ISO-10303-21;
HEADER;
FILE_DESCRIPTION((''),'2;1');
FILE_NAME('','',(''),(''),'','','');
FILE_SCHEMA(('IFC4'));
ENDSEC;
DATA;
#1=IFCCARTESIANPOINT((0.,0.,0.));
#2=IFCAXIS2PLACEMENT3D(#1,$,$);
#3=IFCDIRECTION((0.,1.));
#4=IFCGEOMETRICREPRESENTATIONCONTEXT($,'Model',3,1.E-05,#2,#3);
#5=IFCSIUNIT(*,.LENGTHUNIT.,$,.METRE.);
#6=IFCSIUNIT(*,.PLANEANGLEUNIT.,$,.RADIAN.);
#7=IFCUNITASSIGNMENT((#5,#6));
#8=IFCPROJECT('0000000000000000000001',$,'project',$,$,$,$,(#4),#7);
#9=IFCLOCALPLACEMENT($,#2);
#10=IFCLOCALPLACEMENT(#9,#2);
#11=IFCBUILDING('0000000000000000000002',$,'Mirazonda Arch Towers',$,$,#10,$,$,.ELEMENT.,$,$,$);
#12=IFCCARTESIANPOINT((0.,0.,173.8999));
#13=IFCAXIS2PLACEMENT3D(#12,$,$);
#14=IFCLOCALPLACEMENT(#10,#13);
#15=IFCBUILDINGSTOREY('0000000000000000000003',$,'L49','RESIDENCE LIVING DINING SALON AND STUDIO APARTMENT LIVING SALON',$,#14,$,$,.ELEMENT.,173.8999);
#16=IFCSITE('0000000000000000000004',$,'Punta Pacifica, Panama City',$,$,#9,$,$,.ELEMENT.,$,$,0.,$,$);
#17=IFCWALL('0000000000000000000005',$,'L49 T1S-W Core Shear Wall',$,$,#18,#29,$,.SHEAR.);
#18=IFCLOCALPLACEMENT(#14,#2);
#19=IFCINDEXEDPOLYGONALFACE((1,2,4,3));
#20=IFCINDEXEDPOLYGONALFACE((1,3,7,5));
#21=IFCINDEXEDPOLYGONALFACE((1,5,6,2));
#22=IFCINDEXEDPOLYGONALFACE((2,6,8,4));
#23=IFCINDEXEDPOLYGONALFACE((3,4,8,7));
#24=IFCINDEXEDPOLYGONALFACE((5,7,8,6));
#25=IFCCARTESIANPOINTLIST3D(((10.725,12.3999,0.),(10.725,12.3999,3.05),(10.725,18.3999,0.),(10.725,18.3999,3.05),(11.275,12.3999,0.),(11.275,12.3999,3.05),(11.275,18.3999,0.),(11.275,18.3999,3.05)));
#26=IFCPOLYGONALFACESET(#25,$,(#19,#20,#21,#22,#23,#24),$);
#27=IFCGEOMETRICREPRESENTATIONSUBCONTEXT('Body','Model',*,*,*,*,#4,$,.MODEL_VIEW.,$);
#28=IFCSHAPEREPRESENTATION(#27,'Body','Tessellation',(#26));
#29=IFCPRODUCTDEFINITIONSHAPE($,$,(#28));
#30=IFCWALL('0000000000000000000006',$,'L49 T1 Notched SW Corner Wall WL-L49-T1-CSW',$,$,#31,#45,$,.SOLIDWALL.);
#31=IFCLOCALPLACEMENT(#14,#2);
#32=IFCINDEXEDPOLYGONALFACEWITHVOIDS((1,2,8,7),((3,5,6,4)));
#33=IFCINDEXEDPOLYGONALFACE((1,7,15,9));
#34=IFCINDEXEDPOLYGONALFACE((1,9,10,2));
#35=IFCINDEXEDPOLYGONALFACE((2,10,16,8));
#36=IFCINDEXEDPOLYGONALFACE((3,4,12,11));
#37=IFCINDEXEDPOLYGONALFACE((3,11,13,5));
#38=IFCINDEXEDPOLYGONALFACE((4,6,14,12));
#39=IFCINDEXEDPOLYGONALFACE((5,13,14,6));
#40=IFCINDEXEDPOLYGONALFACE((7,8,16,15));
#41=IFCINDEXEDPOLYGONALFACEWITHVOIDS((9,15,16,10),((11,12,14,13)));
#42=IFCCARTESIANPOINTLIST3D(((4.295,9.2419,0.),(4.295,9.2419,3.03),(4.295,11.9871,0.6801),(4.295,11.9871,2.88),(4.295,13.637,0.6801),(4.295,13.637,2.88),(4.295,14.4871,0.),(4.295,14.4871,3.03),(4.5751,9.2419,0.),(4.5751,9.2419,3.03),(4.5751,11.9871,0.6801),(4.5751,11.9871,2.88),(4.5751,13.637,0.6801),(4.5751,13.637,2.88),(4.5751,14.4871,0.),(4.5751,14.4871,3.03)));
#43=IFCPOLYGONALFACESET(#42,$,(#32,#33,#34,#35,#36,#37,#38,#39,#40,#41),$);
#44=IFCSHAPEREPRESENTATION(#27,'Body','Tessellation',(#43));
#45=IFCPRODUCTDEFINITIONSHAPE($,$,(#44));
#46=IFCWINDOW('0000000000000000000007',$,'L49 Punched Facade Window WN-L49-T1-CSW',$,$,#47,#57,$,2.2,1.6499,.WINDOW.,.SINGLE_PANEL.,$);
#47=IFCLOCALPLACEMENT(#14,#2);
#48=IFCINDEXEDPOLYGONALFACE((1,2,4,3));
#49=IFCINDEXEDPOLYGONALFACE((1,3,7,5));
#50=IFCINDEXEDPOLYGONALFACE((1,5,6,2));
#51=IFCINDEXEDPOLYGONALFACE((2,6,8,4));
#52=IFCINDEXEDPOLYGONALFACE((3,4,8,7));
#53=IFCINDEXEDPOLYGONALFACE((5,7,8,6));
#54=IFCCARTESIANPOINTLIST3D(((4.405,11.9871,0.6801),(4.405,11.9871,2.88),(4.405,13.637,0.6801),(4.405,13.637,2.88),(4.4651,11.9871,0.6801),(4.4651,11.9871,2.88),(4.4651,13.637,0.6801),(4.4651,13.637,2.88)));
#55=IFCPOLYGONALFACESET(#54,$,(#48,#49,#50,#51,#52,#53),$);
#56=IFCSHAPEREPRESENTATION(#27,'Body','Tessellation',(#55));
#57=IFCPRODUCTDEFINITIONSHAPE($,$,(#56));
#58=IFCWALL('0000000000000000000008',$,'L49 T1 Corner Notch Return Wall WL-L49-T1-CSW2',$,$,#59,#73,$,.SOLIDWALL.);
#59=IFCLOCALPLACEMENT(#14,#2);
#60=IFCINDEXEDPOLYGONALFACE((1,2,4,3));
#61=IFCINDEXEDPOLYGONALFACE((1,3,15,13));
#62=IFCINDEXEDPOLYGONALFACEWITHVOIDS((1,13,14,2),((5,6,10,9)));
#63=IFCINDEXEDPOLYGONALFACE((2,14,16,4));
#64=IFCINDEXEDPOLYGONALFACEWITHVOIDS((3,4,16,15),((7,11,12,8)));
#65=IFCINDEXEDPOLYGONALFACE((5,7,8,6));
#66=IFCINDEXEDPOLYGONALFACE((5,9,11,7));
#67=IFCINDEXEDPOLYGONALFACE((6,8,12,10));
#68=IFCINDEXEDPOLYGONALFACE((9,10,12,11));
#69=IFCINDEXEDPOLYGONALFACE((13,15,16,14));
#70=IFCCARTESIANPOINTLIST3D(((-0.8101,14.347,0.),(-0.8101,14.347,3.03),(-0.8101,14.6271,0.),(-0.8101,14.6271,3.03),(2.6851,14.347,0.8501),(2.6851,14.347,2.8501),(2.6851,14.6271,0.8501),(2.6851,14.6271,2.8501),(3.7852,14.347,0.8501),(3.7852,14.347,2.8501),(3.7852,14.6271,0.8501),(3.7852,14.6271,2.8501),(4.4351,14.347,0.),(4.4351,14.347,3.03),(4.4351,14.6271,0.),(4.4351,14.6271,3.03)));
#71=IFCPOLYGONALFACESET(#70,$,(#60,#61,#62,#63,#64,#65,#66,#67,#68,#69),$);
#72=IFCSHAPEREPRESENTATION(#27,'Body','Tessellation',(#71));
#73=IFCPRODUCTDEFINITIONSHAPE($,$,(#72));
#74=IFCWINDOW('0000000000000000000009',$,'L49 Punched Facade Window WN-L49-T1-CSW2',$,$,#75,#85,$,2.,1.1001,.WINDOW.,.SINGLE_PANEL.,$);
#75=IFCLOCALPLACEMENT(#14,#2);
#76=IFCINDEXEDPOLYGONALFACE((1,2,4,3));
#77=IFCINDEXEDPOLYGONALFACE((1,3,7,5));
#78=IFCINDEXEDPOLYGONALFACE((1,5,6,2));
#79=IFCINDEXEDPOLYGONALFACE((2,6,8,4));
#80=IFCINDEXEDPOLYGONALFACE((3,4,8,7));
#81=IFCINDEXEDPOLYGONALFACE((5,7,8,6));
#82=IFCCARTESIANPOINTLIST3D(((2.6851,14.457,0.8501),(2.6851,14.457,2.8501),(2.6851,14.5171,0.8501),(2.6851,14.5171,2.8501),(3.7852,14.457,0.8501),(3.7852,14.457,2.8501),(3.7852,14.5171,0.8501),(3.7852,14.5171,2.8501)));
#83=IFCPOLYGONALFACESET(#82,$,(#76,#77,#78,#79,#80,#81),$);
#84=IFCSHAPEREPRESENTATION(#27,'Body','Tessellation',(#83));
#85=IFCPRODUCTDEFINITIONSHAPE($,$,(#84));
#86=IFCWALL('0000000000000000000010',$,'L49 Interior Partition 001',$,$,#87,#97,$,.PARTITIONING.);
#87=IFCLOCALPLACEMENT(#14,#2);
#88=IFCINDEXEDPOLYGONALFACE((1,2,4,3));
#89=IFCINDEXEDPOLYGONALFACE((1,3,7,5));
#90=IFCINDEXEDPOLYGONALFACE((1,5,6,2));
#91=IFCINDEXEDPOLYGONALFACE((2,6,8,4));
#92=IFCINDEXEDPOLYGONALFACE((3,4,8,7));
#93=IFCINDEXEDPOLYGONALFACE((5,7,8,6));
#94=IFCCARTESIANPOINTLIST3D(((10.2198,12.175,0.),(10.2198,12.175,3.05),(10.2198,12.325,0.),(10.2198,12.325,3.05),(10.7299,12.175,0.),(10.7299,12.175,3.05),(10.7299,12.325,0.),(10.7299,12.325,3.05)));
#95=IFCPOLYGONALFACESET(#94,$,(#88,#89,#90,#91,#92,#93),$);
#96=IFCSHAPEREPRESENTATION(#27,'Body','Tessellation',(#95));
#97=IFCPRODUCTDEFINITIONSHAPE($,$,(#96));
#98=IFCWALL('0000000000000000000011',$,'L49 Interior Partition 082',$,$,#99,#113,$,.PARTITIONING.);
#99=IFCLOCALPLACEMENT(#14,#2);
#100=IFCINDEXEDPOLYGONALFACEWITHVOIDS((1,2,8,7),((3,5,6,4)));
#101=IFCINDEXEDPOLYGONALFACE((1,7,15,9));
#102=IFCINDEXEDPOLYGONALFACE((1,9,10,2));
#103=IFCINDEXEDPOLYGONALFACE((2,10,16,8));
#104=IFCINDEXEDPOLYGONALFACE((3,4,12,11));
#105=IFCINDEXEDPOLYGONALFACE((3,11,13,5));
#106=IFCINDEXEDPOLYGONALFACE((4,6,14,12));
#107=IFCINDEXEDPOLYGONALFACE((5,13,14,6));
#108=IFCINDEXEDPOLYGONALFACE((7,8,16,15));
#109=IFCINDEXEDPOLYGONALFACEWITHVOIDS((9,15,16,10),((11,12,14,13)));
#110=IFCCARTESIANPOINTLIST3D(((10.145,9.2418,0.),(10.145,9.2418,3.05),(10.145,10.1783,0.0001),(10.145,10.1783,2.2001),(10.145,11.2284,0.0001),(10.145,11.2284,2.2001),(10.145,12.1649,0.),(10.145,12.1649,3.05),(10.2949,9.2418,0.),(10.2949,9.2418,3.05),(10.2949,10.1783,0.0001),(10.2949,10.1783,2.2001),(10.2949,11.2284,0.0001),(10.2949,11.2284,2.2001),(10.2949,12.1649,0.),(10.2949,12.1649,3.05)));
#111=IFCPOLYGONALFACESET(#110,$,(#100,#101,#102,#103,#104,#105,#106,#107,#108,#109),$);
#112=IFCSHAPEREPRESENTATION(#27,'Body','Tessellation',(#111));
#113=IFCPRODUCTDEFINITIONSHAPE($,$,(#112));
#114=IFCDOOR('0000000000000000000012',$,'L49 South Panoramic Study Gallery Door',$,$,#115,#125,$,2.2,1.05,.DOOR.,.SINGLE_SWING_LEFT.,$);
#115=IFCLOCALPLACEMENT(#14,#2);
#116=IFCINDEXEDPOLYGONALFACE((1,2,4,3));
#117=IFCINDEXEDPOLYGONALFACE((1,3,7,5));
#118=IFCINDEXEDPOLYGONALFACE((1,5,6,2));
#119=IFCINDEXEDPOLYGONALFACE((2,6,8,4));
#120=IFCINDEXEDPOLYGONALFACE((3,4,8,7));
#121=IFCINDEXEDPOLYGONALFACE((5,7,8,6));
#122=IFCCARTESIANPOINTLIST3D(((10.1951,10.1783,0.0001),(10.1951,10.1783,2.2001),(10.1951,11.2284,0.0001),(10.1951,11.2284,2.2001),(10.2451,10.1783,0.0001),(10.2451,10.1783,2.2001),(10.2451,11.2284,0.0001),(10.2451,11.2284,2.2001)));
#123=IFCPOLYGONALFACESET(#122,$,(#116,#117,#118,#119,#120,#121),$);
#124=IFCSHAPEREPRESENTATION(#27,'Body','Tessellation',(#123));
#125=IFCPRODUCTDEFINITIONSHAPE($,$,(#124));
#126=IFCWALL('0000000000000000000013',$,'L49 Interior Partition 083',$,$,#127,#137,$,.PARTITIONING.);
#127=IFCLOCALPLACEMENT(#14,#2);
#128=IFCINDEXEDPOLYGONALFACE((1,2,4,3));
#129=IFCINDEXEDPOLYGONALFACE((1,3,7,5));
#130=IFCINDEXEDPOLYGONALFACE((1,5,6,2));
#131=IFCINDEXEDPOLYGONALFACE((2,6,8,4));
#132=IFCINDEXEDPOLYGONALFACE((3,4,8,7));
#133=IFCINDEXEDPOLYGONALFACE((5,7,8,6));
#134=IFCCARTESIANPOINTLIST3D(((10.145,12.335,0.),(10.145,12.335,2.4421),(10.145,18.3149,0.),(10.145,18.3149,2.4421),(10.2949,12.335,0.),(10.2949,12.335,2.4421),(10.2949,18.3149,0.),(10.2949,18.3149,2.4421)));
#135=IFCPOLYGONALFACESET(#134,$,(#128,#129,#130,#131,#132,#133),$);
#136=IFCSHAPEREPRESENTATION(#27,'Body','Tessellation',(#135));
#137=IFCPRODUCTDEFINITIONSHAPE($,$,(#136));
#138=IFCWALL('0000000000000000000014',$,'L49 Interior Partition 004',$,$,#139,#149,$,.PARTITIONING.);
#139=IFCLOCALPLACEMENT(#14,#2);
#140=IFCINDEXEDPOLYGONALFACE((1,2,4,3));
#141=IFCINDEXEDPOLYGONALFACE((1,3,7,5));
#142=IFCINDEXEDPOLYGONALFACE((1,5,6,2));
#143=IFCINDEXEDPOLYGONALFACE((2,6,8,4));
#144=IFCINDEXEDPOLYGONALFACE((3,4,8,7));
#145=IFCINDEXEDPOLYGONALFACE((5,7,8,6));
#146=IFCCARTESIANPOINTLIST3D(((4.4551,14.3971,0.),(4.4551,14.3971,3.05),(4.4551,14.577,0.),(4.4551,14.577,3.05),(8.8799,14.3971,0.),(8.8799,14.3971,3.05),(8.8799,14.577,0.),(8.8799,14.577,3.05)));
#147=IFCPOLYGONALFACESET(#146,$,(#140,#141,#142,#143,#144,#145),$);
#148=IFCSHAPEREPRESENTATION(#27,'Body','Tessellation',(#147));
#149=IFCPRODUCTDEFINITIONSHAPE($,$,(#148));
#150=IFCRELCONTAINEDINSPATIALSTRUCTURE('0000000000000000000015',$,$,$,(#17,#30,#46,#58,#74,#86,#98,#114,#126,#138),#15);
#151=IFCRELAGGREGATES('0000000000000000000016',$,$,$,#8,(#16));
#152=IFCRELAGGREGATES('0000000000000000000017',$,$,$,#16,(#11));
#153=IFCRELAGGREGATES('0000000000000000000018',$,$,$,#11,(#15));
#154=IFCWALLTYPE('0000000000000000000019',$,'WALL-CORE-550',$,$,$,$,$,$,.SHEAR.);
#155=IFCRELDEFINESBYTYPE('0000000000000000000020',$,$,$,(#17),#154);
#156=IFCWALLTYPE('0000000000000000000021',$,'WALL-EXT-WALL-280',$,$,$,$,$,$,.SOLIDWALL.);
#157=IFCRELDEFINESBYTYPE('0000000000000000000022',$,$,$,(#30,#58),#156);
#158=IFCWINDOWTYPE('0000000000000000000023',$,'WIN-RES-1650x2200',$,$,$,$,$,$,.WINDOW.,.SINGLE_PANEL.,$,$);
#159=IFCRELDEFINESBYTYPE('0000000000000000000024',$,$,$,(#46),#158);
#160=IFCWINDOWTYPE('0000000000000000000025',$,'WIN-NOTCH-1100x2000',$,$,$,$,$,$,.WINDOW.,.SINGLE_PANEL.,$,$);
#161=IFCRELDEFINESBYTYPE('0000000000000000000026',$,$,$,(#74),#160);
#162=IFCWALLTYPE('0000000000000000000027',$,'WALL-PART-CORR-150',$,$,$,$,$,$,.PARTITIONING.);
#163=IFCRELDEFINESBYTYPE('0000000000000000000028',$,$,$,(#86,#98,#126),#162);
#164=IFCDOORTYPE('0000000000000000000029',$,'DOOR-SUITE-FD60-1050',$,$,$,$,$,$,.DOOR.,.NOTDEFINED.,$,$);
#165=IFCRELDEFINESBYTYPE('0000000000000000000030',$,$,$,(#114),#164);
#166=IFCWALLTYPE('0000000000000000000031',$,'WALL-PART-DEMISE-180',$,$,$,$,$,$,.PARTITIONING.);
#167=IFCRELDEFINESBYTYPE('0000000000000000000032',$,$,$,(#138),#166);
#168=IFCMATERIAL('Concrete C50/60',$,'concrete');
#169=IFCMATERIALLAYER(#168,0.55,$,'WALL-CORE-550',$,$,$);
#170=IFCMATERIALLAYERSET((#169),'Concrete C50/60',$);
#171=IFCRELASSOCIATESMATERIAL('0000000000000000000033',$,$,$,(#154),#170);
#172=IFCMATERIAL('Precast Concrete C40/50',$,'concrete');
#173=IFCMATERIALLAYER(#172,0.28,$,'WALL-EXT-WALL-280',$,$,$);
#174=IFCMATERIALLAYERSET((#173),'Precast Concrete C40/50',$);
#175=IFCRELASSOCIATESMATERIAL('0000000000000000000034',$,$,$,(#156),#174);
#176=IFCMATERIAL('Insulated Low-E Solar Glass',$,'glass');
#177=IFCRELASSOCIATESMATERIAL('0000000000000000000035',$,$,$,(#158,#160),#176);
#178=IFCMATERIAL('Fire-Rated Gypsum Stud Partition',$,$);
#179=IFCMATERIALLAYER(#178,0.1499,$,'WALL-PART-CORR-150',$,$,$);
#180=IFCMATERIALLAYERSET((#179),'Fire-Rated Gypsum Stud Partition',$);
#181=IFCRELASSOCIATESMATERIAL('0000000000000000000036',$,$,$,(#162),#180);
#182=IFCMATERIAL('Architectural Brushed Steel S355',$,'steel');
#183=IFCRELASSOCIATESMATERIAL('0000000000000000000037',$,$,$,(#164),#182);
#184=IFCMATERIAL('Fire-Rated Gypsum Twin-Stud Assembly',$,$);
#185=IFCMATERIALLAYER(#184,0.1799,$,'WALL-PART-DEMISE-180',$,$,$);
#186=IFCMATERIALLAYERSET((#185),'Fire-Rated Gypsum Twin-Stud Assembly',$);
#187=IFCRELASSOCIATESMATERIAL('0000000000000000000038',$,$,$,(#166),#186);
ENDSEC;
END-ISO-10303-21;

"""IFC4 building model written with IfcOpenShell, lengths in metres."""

from ifc_helpers import new_model, si_unit, direction, frame, frame_2d, origin, place, context, subcontext, project, spatial, rectangle, extrude, material, layer, layer_set, type_object, element, fill, save


model = new_model("IFC4")

# Units and contexts
model_context = context("Model", 3, precision=1e-05, world=origin(), true_north=direction((0.0, 1.0)))
body_context = subcontext(model_context, "Body", "Model", "MODEL_VIEW")
ifc_project = project(units=[si_unit("LENGTHUNIT", "METRE"), si_unit("PLANEANGLEUNIT", "RADIAN")], contexts=[model_context])

# Site, building, storey
site_placement = place(None, origin())
site = spatial("IfcSite", under=ifc_project, at=site_placement, Name="Punta Pacifica, Panama City", CompositionType="ELEMENT", RefElevation=0.0)
building_placement = place(site_placement, origin())
building = spatial("IfcBuilding", under=site, at=building_placement, Name="Mirazonda Arch Towers", CompositionType="ELEMENT")
storey_placement = place(building_placement, frame((0.0, 0.0, 173.8999)))
storey = spatial("IfcBuildingStorey", under=building, at=storey_placement, Name="L49", Description="RESIDENCE LIVING DINING SALON AND STUDIO APARTMENT LIVING SALON", CompositionType="ELEMENT", Elevation=173.8999)

# Shared definitions
ifc_material_1 = material(Name="Concrete C50/60", Category="concrete")

# Shared definitions
ifc_material_2 = material(Name="Insulated Low-E Solar Glass", Category="glass")

# Wall
ifc_layer_1 = layer(ifc_material_1, 0.55, Name="WALL-CORE-550")
ifc_layer_set_1 = layer_set([ifc_layer_1], Name="Concrete C50/60")
wall_type_1 = type_object("IfcWallType", Name="WALL-CORE-550", PredefinedType="SHEAR", material=ifc_layer_set_1)
wall_1_placement = place(storey_placement, frame((11.0, 12.3999, 0.0), z_axis=(0.0, 0.0, 1.0), x_axis=(0.0, 1.0, 0.0)))
element("IfcWall", 1, at=wall_1_placement, inside=storey, type_object=wall_type_1, Name="L49 T1S-W Core Shear Wall", PredefinedType="SHEAR", context=body_context, shape_type="SweptSolid", body=[
    extrude(rectangle(XDim=6.0, YDim=0.55, at=frame_2d((3.0, 0.0))), origin(), (0.0, 0.0, 1.0), 3.05),
])

# Walls, openings, windows
ifc_material_3 = material(Name="Precast Concrete C40/50", Category="concrete")
ifc_layer_2 = layer(ifc_material_3, 0.28, Name="WALL-EXT-WALL-280")
ifc_layer_set_2 = layer_set([ifc_layer_2], Name="Precast Concrete C40/50")
wall_type_2 = type_object("IfcWallType", Name="WALL-EXT-WALL-280", PredefinedType="SOLIDWALL", material=ifc_layer_set_2)
wall_2_placement = place(storey_placement, frame((4.4351, 14.4871, 0.0), z_axis=(0.0, 0.0, 1.0), x_axis=(0.0, -1.0, 0.0)))
wall_2 = element("IfcWall", 2, at=wall_2_placement, inside=storey, type_object=wall_type_2, Name="L49 T1 Notched SW Corner Wall WL-L49-T1-CSW", PredefinedType="SOLIDWALL", context=body_context, shape_type="SweptSolid", body=[
    extrude(rectangle(XDim=5.2451, YDim=0.28, at=frame_2d((2.6226, 0.0))), origin(), (0.0, 0.0, 1.0), 3.03),
])
opening_1_placement = place(wall_2_placement, frame((0.8501, 0.0, 0.6799)))
opening_1 = element("IfcOpeningElement", 3, at=opening_1_placement, cuts=wall_2, PredefinedType="OPENING", context=body_context, shape_type="SweptSolid", body=[
    extrude(rectangle(XDim=1.6499, YDim=2.2, at=frame_2d((0.825, 1.1001))), frame((0.0, 0.1499, 0.0), z_axis=(0.0, -1.0, 0.0), x_axis=(1.0, 0.0, 0.0)), (0.0, 0.0, 1.0), 0.3),
])
window_type_1 = type_object("IfcWindowType", Name="WIN-RES-1650x2200", PartitioningType="SINGLE_PANEL", PredefinedType="WINDOW", material=ifc_material_2)
window_1_placement = place(opening_1_placement, origin())
window_1 = element("IfcWindow", 4, at=window_1_placement, inside=storey, type_object=window_type_1, Name="L49 Punched Facade Window WN-L49-T1-CSW", OverallHeight=2.2, OverallWidth=1.6499, PartitioningType="SINGLE_PANEL", PredefinedType="WINDOW", context=body_context, shape_type="SweptSolid", body=[
    extrude(rectangle(XDim=1.6499, YDim=2.2, at=frame_2d((0.825, 1.1001))), frame((0.0, 0.03, 0.0), z_axis=(0.0, -1.0, 0.0), x_axis=(1.0, 0.0, 0.0)), (0.0, 0.0, 1.0), 0.0601),
])
fill(opening_1, window_1)
wall_3_placement = place(storey_placement, frame((-0.8101, 14.4871, 0.0), z_axis=(0.0, 0.0, 1.0), x_axis=(1.0, 0.0, 0.0)))
wall_3 = element("IfcWall", 5, at=wall_3_placement, inside=storey, type_object=wall_type_2, Name="L49 T1 Corner Notch Return Wall WL-L49-T1-CSW2", PredefinedType="SOLIDWALL", context=body_context, shape_type="SweptSolid", body=[
    extrude(rectangle(XDim=5.2451, YDim=0.28, at=frame_2d((2.6226, 0.0))), origin(), (0.0, 0.0, 1.0), 3.03),
])
opening_2_placement = place(wall_3_placement, frame((3.4951, 0.0, 0.8501)))
opening_2 = element("IfcOpeningElement", 6, at=opening_2_placement, cuts=wall_3, PredefinedType="OPENING", context=body_context, shape_type="SweptSolid", body=[
    extrude(rectangle(XDim=1.1001, YDim=2.0, at=frame_2d((0.55, 1.0))), frame((0.0, 0.1499, 0.0), z_axis=(0.0, -1.0, 0.0), x_axis=(1.0, 0.0, 0.0)), (0.0, 0.0, 1.0), 0.3),
])
window_type_2 = type_object("IfcWindowType", Name="WIN-NOTCH-1100x2000", PartitioningType="SINGLE_PANEL", PredefinedType="WINDOW", material=ifc_material_2)
window_2_placement = place(opening_2_placement, origin())
window_2 = element("IfcWindow", 7, at=window_2_placement, inside=storey, type_object=window_type_2, Name="L49 Punched Facade Window WN-L49-T1-CSW2", OverallHeight=2.0, OverallWidth=1.1001, PartitioningType="SINGLE_PANEL", PredefinedType="WINDOW", context=body_context, shape_type="SweptSolid", body=[
    extrude(rectangle(XDim=1.1001, YDim=2.0, at=frame_2d((0.55, 1.0))), frame((0.0, 0.03, 0.0), z_axis=(0.0, -1.0, 0.0), x_axis=(1.0, 0.0, 0.0)), (0.0, 0.0, 1.0), 0.0601),
])
fill(opening_2, window_2)

# Wall
ifc_material_4 = material(Name="Fire-Rated Gypsum Stud Partition")
ifc_layer_3 = layer(ifc_material_4, 0.1499, Name="WALL-PART-CORR-150")
ifc_layer_set_3 = layer_set([ifc_layer_3], Name="Fire-Rated Gypsum Stud Partition")
wall_type_3 = type_object("IfcWallType", Name="WALL-PART-CORR-150", PredefinedType="PARTITIONING", material=ifc_layer_set_3)
wall_4_placement = place(storey_placement, frame((10.22, 12.25, 0.0), z_axis=(0.0, 0.0, 1.0), x_axis=(1.0, 0.0, 0.0)))
element("IfcWall", 8, at=wall_4_placement, inside=storey, type_object=wall_type_3, Name="L49 Interior Partition 001", PredefinedType="PARTITIONING", context=body_context, shape_type="SweptSolid", body=[
    extrude(rectangle(XDim=0.51, YDim=0.1499, at=frame_2d((0.2549, 0.0))), origin(), (0.0, 0.0, 1.0), 3.05),
])

# Wall, opening, door
wall_5_placement = place(storey_placement, frame((10.22, 9.2419, 0.0), z_axis=(0.0, 0.0, 1.0), x_axis=(0.0, 1.0, 0.0)))
wall_5 = element("IfcWall", 9, at=wall_5_placement, inside=storey, type_object=wall_type_3, Name="L49 Interior Partition 082", PredefinedType="PARTITIONING", context=body_context, shape_type="SweptSolid", body=[
    extrude(rectangle(XDim=2.9231, YDim=0.1499, at=frame_2d((1.4614, 0.0))), origin(), (0.0, 0.0, 1.0), 3.05),
])
opening_3_placement = place(wall_5_placement, frame((0.9365, 0.0, 0.0)))
opening_3 = element("IfcOpeningElement", 10, at=opening_3_placement, cuts=wall_5, PredefinedType="OPENING", context=body_context, shape_type="SweptSolid", body=[
    extrude(rectangle(XDim=1.05, YDim=2.2, at=frame_2d((0.5249, 1.1001))), frame((0.0, 0.085, 0.0), z_axis=(0.0, -1.0, 0.0), x_axis=(1.0, 0.0, 0.0)), (0.0, 0.0, 1.0), 0.1699),
])
ifc_material_5 = material(Name="Architectural Brushed Steel S355", Category="steel")
door_type_1 = type_object("IfcDoorType", Name="DOOR-SUITE-FD60-1050", OperationType="NOTDEFINED", PredefinedType="DOOR", material=ifc_material_5)
door_1_placement = place(opening_3_placement, origin())
door_1 = element("IfcDoor", 11, at=door_1_placement, inside=storey, type_object=door_type_1, Name="L49 South Panoramic Study Gallery Door", OperationType="SINGLE_SWING_LEFT", OverallHeight=2.2, OverallWidth=1.05, PredefinedType="DOOR", context=body_context, shape_type="SweptSolid", body=[
    extrude(rectangle(XDim=1.05, YDim=2.2, at=frame_2d((0.5249, 1.1001))), frame((0.0, 0.0249, 0.0), z_axis=(0.0, -1.0, 0.0), x_axis=(1.0, 0.0, 0.0)), (0.0, 0.0, 1.0), 0.05),
])
fill(opening_3, door_1)

# Walls
wall_6_placement = place(storey_placement, frame((10.22, 12.335, 0.0), z_axis=(0.0, 0.0, 1.0), x_axis=(0.0, 1.0, 0.0)))
element("IfcWall", 12, at=wall_6_placement, inside=storey, type_object=wall_type_3, Name="L49 Interior Partition 083", PredefinedType="PARTITIONING", context=body_context, shape_type="SweptSolid", body=[
    extrude(rectangle(XDim=5.98, YDim=0.1499, at=frame_2d((2.99, 0.0))), origin(), (0.0, 0.0, 1.0), 2.4421),
])
ifc_material_6 = material(Name="Fire-Rated Gypsum Twin-Stud Assembly")
ifc_layer_4 = layer(ifc_material_6, 0.1799, Name="WALL-PART-DEMISE-180")
ifc_layer_set_4 = layer_set([ifc_layer_4], Name="Fire-Rated Gypsum Twin-Stud Assembly")
wall_type_4 = type_object("IfcWallType", Name="WALL-PART-DEMISE-180", PredefinedType="PARTITIONING", material=ifc_layer_set_4)
wall_7_placement = place(storey_placement, frame((4.4551, 14.4871, 0.0), z_axis=(0.0, 0.0, 1.0), x_axis=(1.0, 0.0, 0.0)))
element("IfcWall", 13, at=wall_7_placement, inside=storey, type_object=wall_type_4, Name="L49 Interior Partition 004", PredefinedType="PARTITIONING", context=body_context, shape_type="SweptSolid", body=[
    extrude(rectangle(XDim=4.4248, YDim=0.1799, at=frame_2d((2.2124, 0.0))), origin(), (0.0, 0.0, 1.0), 3.05),
])

save(model, "model.ifc")
